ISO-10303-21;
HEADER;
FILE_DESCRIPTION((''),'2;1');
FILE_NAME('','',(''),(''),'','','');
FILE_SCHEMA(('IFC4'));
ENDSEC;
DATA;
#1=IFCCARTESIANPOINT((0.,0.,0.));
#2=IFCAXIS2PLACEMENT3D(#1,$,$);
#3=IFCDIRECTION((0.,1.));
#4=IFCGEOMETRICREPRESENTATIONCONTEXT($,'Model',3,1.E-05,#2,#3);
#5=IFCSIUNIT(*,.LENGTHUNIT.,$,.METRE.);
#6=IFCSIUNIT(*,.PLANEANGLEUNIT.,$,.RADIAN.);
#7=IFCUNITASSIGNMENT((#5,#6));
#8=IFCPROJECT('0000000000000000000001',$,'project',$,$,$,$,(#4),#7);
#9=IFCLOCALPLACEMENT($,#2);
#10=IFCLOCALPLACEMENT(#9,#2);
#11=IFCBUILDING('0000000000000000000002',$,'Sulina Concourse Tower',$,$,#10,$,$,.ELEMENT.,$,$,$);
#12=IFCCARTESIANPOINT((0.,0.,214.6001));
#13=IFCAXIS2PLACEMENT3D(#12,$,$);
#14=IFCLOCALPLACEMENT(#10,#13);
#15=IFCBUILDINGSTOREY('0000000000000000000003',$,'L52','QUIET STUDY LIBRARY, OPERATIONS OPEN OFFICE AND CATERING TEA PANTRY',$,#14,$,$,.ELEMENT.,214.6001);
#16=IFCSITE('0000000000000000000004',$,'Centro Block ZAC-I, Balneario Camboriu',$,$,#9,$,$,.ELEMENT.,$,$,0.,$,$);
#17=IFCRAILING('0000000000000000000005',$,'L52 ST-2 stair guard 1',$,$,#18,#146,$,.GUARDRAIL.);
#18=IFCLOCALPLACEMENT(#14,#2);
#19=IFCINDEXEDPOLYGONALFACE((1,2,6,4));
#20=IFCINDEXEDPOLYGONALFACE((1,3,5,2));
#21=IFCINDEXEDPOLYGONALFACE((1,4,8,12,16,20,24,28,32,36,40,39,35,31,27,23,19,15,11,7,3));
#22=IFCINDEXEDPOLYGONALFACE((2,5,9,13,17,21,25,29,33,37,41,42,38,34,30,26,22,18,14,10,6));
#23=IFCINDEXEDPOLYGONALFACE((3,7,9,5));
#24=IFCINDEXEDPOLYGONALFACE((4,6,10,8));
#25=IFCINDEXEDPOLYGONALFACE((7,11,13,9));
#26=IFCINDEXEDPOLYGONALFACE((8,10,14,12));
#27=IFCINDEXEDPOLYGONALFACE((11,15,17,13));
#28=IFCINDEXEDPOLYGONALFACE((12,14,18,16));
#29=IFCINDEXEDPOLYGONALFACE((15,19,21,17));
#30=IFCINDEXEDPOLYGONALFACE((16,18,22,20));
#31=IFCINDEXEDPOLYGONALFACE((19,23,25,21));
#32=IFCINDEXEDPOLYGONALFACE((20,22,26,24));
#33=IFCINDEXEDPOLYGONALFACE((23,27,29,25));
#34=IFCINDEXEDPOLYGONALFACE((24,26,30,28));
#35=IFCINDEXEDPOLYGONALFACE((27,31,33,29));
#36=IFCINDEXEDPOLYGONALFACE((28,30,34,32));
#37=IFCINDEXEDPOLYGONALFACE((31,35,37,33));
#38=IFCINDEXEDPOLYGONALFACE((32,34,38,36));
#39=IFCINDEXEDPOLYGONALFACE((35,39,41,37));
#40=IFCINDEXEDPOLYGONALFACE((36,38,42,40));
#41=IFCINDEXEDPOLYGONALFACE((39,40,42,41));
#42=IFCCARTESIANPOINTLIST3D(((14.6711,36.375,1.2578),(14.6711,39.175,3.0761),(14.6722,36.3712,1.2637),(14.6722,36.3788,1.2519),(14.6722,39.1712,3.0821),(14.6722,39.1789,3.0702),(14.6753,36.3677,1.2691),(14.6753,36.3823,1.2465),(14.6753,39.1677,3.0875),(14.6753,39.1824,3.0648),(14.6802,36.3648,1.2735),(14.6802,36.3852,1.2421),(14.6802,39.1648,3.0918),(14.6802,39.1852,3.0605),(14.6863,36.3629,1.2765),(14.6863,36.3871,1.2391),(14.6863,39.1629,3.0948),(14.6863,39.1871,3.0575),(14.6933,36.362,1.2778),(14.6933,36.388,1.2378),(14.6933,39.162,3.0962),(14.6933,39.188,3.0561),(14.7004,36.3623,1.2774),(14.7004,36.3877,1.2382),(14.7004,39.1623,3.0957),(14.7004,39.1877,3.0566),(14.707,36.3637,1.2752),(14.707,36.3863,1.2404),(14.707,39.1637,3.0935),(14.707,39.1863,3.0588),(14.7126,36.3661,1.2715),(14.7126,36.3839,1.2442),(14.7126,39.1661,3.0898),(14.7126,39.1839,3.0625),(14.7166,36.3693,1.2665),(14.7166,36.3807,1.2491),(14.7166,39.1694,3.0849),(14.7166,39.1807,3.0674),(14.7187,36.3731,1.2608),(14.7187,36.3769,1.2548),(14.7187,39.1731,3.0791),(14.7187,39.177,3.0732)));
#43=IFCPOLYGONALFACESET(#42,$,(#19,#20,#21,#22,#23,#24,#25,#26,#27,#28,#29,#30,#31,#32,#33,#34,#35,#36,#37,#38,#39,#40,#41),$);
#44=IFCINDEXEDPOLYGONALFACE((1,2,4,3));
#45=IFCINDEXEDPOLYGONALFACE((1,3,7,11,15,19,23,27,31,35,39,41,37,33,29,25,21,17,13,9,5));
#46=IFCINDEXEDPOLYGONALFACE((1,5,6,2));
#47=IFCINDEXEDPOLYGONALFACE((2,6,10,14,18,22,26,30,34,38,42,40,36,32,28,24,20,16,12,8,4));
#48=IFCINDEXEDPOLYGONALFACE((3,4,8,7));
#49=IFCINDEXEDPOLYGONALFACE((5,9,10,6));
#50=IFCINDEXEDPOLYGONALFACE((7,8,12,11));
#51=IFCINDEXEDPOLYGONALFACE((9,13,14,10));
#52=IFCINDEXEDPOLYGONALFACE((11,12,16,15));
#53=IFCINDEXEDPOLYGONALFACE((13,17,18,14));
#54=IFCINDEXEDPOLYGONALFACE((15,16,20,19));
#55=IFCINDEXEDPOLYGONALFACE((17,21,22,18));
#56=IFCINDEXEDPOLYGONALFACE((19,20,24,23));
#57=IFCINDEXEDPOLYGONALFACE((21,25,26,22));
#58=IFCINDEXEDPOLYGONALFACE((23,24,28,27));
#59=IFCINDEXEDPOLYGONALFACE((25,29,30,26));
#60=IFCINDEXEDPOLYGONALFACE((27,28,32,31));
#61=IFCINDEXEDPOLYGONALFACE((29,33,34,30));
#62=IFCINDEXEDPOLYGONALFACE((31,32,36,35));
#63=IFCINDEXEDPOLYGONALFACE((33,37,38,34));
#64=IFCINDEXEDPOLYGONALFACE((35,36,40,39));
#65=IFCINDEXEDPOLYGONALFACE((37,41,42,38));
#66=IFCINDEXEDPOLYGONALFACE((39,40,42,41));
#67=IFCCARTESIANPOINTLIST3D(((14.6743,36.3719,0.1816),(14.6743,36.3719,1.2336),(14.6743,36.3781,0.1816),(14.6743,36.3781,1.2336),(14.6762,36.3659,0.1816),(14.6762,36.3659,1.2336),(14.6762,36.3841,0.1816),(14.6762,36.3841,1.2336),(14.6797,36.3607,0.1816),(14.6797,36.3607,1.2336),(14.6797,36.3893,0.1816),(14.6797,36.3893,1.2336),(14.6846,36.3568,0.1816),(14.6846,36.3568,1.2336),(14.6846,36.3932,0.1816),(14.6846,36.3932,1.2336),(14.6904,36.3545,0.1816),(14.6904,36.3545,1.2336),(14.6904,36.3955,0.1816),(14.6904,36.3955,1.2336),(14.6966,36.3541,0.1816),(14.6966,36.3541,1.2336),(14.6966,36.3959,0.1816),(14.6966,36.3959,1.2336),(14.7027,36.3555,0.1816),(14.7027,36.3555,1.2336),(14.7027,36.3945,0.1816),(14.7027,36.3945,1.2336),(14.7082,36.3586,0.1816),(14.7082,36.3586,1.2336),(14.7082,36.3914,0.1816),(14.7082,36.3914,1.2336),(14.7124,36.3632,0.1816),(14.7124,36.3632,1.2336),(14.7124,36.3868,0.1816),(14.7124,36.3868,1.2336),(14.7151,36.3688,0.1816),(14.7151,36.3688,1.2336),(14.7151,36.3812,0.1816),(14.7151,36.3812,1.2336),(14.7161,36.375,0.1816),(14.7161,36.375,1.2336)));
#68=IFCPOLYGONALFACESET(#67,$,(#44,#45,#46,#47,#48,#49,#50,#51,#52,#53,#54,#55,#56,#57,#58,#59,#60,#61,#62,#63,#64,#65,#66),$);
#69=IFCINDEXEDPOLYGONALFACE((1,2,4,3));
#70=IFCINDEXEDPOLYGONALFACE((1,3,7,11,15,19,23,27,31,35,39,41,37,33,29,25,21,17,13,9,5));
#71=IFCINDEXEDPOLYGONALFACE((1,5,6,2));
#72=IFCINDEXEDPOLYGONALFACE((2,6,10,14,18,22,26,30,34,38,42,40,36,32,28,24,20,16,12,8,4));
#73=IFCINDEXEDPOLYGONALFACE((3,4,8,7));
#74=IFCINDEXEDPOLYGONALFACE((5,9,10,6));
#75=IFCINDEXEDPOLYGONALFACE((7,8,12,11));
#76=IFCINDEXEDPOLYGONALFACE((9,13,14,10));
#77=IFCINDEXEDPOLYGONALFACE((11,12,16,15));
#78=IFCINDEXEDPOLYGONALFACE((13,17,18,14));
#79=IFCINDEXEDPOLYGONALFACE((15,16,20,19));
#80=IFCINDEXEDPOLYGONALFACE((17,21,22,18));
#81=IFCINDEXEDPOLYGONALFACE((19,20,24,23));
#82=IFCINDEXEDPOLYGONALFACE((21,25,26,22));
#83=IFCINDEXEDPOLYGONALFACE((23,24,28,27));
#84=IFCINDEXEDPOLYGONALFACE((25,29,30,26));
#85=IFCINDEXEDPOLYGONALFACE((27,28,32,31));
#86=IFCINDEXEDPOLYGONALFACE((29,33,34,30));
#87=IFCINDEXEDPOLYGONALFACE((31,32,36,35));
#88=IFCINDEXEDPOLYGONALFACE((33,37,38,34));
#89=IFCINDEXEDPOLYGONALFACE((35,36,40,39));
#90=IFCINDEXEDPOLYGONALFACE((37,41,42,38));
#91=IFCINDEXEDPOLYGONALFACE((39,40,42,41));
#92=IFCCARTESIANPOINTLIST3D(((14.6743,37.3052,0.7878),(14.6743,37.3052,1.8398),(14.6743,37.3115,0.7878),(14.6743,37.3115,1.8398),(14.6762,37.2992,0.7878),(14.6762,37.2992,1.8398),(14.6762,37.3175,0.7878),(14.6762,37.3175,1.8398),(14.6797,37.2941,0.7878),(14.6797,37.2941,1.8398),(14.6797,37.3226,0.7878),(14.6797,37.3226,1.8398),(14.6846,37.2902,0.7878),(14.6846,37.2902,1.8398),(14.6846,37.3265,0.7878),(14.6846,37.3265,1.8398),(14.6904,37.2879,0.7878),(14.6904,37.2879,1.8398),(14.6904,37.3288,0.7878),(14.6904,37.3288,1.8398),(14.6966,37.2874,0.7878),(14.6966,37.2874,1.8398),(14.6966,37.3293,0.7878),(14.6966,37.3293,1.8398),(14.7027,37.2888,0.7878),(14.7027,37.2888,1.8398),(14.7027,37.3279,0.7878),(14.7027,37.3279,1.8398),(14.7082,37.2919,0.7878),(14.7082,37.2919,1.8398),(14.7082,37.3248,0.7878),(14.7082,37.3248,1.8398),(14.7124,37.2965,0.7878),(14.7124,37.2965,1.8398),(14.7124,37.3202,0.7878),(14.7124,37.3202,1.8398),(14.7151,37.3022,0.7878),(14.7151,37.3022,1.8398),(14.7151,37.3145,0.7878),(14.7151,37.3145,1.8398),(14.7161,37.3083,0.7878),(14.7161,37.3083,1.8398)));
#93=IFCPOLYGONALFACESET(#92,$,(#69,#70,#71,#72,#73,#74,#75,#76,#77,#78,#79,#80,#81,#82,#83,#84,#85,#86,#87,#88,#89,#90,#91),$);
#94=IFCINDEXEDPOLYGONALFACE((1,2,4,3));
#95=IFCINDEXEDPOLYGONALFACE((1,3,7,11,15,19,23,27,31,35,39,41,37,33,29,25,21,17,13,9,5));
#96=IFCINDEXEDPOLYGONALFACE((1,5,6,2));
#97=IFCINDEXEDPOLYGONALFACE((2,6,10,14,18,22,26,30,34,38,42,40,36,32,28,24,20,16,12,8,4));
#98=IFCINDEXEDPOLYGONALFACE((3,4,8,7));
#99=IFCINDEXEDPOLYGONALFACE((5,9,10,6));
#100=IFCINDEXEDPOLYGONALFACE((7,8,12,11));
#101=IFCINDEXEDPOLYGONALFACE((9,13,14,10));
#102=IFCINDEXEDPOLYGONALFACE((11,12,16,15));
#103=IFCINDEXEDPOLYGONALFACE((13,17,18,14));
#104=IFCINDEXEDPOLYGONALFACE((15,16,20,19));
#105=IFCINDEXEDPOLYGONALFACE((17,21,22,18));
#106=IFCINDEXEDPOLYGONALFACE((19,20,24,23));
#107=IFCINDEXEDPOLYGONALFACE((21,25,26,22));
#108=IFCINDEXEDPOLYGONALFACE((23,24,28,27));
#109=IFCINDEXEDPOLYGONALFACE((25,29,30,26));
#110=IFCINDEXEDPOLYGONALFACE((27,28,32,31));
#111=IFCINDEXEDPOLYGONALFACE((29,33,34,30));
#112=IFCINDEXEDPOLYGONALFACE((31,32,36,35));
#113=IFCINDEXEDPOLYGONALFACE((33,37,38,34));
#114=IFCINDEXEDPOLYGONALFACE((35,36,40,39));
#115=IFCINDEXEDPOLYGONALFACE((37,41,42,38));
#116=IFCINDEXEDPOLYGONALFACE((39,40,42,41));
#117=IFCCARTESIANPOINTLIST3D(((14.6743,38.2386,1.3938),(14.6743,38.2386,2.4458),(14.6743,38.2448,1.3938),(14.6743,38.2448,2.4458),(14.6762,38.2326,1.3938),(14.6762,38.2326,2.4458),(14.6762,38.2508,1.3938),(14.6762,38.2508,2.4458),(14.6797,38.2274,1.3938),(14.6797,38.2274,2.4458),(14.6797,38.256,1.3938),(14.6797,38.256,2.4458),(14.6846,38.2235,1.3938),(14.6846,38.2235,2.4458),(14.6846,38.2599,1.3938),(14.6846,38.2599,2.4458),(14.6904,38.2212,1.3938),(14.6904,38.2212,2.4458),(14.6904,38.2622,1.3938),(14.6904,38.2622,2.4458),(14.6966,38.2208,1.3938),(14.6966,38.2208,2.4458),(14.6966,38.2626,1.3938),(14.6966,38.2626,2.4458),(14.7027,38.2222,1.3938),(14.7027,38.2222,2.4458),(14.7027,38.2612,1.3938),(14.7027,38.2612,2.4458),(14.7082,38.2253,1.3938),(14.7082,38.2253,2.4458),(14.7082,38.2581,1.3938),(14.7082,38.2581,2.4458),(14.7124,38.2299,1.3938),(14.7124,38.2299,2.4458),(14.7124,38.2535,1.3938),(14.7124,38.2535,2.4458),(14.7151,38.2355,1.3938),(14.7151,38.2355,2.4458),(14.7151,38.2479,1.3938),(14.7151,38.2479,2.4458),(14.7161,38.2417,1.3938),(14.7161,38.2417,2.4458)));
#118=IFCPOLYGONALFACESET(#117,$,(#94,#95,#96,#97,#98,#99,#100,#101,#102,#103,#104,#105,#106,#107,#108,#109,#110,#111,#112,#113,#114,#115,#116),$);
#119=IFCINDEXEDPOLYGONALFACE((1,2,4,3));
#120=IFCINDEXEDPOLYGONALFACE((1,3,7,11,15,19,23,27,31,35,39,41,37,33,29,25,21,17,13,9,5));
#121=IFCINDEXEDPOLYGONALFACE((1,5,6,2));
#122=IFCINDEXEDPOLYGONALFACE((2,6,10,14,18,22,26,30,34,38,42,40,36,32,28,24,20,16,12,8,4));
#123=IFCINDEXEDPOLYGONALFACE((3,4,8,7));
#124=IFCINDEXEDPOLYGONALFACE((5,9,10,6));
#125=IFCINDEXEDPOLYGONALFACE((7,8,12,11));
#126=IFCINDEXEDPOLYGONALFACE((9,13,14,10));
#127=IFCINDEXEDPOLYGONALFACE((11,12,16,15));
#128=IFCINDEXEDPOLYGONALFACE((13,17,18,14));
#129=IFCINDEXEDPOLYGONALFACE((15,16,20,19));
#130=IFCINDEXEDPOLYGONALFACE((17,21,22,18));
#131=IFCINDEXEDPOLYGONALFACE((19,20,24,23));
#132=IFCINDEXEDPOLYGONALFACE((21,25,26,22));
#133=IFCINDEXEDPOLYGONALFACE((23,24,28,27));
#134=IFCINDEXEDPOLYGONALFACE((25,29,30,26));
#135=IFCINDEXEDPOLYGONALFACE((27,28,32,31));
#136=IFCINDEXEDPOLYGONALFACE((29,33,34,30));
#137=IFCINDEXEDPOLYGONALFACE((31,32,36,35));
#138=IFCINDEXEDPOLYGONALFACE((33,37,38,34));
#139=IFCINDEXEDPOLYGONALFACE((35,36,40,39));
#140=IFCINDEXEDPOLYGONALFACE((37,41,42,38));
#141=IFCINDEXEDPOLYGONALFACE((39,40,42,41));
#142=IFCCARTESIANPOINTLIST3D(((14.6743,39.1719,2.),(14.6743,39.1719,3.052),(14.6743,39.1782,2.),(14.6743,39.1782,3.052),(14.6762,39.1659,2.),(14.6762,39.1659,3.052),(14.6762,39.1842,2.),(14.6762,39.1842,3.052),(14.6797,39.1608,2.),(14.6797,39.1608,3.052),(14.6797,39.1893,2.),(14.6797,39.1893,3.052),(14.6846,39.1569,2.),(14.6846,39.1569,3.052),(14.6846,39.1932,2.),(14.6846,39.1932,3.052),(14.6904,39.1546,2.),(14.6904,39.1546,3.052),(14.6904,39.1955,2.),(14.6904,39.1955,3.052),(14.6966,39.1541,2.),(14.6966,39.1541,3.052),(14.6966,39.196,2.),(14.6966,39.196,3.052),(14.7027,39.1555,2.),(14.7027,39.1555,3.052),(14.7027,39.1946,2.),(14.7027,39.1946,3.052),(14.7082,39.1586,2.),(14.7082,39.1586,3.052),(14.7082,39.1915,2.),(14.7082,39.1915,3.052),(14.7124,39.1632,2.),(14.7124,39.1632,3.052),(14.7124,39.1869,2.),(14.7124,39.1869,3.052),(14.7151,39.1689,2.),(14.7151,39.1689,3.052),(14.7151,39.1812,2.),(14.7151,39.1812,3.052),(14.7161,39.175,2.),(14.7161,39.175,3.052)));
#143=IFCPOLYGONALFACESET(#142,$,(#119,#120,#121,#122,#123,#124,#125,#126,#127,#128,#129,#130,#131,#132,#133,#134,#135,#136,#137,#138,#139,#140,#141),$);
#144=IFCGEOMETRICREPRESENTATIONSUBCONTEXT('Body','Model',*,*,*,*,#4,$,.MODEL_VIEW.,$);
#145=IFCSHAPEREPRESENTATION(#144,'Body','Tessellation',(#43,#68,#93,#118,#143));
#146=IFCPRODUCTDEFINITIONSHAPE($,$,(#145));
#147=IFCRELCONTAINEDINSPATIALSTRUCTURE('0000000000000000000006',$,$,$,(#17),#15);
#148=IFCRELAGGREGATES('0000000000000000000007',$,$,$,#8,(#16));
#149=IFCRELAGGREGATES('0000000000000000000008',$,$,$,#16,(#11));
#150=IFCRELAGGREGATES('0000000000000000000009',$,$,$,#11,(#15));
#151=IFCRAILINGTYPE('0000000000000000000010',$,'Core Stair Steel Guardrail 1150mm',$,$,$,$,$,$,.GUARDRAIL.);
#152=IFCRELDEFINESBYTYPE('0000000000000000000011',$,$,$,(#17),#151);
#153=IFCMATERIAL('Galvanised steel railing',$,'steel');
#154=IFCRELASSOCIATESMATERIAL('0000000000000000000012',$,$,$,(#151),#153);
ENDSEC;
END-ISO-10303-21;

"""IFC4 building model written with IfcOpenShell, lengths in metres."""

from ifc_helpers import new_model, si_unit, direction, frame, origin, origin_2d, place, context, subcontext, project, spatial, circle, extrude, material, type_object, element, save


model = new_model("IFC4")

# Units and contexts
model_context = context("Model", 3, precision=1e-05, world=origin(), true_north=direction((0.0, 1.0)))
body_context = subcontext(model_context, "Body", "Model", "MODEL_VIEW")
ifc_project = project(units=[si_unit("LENGTHUNIT", "METRE"), si_unit("PLANEANGLEUNIT", "RADIAN")], contexts=[model_context])

# Site, building, storey
site_placement = place(None, origin())
site = spatial("IfcSite", under=ifc_project, at=site_placement, Name="Centro Block ZAC-I, Balneario Camboriu", CompositionType="ELEMENT", RefElevation=0.0)
building_placement = place(site_placement, origin())
building = spatial("IfcBuilding", under=site, at=building_placement, Name="Sulina Concourse Tower", CompositionType="ELEMENT")
storey_placement = place(building_placement, frame((0.0, 0.0, 214.6001)))
storey = spatial("IfcBuildingStorey", under=building, at=storey_placement, Name="L52", Description="QUIET STUDY LIBRARY, OPERATIONS OPEN OFFICE AND CATERING TEA PANTRY", CompositionType="ELEMENT", Elevation=214.6001)

# Railing
ifc_material_1 = material(Name="Galvanised steel railing", Category="steel")
railing_type_1 = type_object("IfcRailingType", Name="Core Stair Steel Guardrail 1150mm", PredefinedType="GUARDRAIL", material=ifc_material_1)
railing_1_placement = place(storey_placement, frame((14.6951, 36.375, 0.1816)))
element("IfcRailing", 1, at=railing_1_placement, inside=storey, type_object=railing_type_1, Name="L52 ST-2 stair guard 1", PredefinedType="GUARDRAIL", context=body_context, shape_type="SweptSolid", body=[
    extrude(circle(Radius=0.0239, at=origin_2d()), frame((0.0, 0.0, 1.0762), z_axis=(0.0, 0.838672, 0.544636), x_axis=(-1.0, 0.0, 0.0)), (0.0, 0.0, 1.0), 3.3386),
    extrude(circle(Radius=0.021, at=origin_2d()), origin(), (0.0, 0.0, 1.0), 1.052),
    extrude(circle(Radius=0.021, at=origin_2d()), frame((0.0, 0.9333, 0.6062)), (0.0, 0.0, 1.0), 1.052),
    extrude(circle(Radius=0.021, at=origin_2d()), frame((0.0, 1.8667, 1.2122)), (0.0, 0.0, 1.0), 1.052),
    extrude(circle(Radius=0.021, at=origin_2d()), frame((0.0, 2.8, 1.8184)), (0.0, 0.0, 1.0), 1.052),
])

save(model, "model.ifc")
